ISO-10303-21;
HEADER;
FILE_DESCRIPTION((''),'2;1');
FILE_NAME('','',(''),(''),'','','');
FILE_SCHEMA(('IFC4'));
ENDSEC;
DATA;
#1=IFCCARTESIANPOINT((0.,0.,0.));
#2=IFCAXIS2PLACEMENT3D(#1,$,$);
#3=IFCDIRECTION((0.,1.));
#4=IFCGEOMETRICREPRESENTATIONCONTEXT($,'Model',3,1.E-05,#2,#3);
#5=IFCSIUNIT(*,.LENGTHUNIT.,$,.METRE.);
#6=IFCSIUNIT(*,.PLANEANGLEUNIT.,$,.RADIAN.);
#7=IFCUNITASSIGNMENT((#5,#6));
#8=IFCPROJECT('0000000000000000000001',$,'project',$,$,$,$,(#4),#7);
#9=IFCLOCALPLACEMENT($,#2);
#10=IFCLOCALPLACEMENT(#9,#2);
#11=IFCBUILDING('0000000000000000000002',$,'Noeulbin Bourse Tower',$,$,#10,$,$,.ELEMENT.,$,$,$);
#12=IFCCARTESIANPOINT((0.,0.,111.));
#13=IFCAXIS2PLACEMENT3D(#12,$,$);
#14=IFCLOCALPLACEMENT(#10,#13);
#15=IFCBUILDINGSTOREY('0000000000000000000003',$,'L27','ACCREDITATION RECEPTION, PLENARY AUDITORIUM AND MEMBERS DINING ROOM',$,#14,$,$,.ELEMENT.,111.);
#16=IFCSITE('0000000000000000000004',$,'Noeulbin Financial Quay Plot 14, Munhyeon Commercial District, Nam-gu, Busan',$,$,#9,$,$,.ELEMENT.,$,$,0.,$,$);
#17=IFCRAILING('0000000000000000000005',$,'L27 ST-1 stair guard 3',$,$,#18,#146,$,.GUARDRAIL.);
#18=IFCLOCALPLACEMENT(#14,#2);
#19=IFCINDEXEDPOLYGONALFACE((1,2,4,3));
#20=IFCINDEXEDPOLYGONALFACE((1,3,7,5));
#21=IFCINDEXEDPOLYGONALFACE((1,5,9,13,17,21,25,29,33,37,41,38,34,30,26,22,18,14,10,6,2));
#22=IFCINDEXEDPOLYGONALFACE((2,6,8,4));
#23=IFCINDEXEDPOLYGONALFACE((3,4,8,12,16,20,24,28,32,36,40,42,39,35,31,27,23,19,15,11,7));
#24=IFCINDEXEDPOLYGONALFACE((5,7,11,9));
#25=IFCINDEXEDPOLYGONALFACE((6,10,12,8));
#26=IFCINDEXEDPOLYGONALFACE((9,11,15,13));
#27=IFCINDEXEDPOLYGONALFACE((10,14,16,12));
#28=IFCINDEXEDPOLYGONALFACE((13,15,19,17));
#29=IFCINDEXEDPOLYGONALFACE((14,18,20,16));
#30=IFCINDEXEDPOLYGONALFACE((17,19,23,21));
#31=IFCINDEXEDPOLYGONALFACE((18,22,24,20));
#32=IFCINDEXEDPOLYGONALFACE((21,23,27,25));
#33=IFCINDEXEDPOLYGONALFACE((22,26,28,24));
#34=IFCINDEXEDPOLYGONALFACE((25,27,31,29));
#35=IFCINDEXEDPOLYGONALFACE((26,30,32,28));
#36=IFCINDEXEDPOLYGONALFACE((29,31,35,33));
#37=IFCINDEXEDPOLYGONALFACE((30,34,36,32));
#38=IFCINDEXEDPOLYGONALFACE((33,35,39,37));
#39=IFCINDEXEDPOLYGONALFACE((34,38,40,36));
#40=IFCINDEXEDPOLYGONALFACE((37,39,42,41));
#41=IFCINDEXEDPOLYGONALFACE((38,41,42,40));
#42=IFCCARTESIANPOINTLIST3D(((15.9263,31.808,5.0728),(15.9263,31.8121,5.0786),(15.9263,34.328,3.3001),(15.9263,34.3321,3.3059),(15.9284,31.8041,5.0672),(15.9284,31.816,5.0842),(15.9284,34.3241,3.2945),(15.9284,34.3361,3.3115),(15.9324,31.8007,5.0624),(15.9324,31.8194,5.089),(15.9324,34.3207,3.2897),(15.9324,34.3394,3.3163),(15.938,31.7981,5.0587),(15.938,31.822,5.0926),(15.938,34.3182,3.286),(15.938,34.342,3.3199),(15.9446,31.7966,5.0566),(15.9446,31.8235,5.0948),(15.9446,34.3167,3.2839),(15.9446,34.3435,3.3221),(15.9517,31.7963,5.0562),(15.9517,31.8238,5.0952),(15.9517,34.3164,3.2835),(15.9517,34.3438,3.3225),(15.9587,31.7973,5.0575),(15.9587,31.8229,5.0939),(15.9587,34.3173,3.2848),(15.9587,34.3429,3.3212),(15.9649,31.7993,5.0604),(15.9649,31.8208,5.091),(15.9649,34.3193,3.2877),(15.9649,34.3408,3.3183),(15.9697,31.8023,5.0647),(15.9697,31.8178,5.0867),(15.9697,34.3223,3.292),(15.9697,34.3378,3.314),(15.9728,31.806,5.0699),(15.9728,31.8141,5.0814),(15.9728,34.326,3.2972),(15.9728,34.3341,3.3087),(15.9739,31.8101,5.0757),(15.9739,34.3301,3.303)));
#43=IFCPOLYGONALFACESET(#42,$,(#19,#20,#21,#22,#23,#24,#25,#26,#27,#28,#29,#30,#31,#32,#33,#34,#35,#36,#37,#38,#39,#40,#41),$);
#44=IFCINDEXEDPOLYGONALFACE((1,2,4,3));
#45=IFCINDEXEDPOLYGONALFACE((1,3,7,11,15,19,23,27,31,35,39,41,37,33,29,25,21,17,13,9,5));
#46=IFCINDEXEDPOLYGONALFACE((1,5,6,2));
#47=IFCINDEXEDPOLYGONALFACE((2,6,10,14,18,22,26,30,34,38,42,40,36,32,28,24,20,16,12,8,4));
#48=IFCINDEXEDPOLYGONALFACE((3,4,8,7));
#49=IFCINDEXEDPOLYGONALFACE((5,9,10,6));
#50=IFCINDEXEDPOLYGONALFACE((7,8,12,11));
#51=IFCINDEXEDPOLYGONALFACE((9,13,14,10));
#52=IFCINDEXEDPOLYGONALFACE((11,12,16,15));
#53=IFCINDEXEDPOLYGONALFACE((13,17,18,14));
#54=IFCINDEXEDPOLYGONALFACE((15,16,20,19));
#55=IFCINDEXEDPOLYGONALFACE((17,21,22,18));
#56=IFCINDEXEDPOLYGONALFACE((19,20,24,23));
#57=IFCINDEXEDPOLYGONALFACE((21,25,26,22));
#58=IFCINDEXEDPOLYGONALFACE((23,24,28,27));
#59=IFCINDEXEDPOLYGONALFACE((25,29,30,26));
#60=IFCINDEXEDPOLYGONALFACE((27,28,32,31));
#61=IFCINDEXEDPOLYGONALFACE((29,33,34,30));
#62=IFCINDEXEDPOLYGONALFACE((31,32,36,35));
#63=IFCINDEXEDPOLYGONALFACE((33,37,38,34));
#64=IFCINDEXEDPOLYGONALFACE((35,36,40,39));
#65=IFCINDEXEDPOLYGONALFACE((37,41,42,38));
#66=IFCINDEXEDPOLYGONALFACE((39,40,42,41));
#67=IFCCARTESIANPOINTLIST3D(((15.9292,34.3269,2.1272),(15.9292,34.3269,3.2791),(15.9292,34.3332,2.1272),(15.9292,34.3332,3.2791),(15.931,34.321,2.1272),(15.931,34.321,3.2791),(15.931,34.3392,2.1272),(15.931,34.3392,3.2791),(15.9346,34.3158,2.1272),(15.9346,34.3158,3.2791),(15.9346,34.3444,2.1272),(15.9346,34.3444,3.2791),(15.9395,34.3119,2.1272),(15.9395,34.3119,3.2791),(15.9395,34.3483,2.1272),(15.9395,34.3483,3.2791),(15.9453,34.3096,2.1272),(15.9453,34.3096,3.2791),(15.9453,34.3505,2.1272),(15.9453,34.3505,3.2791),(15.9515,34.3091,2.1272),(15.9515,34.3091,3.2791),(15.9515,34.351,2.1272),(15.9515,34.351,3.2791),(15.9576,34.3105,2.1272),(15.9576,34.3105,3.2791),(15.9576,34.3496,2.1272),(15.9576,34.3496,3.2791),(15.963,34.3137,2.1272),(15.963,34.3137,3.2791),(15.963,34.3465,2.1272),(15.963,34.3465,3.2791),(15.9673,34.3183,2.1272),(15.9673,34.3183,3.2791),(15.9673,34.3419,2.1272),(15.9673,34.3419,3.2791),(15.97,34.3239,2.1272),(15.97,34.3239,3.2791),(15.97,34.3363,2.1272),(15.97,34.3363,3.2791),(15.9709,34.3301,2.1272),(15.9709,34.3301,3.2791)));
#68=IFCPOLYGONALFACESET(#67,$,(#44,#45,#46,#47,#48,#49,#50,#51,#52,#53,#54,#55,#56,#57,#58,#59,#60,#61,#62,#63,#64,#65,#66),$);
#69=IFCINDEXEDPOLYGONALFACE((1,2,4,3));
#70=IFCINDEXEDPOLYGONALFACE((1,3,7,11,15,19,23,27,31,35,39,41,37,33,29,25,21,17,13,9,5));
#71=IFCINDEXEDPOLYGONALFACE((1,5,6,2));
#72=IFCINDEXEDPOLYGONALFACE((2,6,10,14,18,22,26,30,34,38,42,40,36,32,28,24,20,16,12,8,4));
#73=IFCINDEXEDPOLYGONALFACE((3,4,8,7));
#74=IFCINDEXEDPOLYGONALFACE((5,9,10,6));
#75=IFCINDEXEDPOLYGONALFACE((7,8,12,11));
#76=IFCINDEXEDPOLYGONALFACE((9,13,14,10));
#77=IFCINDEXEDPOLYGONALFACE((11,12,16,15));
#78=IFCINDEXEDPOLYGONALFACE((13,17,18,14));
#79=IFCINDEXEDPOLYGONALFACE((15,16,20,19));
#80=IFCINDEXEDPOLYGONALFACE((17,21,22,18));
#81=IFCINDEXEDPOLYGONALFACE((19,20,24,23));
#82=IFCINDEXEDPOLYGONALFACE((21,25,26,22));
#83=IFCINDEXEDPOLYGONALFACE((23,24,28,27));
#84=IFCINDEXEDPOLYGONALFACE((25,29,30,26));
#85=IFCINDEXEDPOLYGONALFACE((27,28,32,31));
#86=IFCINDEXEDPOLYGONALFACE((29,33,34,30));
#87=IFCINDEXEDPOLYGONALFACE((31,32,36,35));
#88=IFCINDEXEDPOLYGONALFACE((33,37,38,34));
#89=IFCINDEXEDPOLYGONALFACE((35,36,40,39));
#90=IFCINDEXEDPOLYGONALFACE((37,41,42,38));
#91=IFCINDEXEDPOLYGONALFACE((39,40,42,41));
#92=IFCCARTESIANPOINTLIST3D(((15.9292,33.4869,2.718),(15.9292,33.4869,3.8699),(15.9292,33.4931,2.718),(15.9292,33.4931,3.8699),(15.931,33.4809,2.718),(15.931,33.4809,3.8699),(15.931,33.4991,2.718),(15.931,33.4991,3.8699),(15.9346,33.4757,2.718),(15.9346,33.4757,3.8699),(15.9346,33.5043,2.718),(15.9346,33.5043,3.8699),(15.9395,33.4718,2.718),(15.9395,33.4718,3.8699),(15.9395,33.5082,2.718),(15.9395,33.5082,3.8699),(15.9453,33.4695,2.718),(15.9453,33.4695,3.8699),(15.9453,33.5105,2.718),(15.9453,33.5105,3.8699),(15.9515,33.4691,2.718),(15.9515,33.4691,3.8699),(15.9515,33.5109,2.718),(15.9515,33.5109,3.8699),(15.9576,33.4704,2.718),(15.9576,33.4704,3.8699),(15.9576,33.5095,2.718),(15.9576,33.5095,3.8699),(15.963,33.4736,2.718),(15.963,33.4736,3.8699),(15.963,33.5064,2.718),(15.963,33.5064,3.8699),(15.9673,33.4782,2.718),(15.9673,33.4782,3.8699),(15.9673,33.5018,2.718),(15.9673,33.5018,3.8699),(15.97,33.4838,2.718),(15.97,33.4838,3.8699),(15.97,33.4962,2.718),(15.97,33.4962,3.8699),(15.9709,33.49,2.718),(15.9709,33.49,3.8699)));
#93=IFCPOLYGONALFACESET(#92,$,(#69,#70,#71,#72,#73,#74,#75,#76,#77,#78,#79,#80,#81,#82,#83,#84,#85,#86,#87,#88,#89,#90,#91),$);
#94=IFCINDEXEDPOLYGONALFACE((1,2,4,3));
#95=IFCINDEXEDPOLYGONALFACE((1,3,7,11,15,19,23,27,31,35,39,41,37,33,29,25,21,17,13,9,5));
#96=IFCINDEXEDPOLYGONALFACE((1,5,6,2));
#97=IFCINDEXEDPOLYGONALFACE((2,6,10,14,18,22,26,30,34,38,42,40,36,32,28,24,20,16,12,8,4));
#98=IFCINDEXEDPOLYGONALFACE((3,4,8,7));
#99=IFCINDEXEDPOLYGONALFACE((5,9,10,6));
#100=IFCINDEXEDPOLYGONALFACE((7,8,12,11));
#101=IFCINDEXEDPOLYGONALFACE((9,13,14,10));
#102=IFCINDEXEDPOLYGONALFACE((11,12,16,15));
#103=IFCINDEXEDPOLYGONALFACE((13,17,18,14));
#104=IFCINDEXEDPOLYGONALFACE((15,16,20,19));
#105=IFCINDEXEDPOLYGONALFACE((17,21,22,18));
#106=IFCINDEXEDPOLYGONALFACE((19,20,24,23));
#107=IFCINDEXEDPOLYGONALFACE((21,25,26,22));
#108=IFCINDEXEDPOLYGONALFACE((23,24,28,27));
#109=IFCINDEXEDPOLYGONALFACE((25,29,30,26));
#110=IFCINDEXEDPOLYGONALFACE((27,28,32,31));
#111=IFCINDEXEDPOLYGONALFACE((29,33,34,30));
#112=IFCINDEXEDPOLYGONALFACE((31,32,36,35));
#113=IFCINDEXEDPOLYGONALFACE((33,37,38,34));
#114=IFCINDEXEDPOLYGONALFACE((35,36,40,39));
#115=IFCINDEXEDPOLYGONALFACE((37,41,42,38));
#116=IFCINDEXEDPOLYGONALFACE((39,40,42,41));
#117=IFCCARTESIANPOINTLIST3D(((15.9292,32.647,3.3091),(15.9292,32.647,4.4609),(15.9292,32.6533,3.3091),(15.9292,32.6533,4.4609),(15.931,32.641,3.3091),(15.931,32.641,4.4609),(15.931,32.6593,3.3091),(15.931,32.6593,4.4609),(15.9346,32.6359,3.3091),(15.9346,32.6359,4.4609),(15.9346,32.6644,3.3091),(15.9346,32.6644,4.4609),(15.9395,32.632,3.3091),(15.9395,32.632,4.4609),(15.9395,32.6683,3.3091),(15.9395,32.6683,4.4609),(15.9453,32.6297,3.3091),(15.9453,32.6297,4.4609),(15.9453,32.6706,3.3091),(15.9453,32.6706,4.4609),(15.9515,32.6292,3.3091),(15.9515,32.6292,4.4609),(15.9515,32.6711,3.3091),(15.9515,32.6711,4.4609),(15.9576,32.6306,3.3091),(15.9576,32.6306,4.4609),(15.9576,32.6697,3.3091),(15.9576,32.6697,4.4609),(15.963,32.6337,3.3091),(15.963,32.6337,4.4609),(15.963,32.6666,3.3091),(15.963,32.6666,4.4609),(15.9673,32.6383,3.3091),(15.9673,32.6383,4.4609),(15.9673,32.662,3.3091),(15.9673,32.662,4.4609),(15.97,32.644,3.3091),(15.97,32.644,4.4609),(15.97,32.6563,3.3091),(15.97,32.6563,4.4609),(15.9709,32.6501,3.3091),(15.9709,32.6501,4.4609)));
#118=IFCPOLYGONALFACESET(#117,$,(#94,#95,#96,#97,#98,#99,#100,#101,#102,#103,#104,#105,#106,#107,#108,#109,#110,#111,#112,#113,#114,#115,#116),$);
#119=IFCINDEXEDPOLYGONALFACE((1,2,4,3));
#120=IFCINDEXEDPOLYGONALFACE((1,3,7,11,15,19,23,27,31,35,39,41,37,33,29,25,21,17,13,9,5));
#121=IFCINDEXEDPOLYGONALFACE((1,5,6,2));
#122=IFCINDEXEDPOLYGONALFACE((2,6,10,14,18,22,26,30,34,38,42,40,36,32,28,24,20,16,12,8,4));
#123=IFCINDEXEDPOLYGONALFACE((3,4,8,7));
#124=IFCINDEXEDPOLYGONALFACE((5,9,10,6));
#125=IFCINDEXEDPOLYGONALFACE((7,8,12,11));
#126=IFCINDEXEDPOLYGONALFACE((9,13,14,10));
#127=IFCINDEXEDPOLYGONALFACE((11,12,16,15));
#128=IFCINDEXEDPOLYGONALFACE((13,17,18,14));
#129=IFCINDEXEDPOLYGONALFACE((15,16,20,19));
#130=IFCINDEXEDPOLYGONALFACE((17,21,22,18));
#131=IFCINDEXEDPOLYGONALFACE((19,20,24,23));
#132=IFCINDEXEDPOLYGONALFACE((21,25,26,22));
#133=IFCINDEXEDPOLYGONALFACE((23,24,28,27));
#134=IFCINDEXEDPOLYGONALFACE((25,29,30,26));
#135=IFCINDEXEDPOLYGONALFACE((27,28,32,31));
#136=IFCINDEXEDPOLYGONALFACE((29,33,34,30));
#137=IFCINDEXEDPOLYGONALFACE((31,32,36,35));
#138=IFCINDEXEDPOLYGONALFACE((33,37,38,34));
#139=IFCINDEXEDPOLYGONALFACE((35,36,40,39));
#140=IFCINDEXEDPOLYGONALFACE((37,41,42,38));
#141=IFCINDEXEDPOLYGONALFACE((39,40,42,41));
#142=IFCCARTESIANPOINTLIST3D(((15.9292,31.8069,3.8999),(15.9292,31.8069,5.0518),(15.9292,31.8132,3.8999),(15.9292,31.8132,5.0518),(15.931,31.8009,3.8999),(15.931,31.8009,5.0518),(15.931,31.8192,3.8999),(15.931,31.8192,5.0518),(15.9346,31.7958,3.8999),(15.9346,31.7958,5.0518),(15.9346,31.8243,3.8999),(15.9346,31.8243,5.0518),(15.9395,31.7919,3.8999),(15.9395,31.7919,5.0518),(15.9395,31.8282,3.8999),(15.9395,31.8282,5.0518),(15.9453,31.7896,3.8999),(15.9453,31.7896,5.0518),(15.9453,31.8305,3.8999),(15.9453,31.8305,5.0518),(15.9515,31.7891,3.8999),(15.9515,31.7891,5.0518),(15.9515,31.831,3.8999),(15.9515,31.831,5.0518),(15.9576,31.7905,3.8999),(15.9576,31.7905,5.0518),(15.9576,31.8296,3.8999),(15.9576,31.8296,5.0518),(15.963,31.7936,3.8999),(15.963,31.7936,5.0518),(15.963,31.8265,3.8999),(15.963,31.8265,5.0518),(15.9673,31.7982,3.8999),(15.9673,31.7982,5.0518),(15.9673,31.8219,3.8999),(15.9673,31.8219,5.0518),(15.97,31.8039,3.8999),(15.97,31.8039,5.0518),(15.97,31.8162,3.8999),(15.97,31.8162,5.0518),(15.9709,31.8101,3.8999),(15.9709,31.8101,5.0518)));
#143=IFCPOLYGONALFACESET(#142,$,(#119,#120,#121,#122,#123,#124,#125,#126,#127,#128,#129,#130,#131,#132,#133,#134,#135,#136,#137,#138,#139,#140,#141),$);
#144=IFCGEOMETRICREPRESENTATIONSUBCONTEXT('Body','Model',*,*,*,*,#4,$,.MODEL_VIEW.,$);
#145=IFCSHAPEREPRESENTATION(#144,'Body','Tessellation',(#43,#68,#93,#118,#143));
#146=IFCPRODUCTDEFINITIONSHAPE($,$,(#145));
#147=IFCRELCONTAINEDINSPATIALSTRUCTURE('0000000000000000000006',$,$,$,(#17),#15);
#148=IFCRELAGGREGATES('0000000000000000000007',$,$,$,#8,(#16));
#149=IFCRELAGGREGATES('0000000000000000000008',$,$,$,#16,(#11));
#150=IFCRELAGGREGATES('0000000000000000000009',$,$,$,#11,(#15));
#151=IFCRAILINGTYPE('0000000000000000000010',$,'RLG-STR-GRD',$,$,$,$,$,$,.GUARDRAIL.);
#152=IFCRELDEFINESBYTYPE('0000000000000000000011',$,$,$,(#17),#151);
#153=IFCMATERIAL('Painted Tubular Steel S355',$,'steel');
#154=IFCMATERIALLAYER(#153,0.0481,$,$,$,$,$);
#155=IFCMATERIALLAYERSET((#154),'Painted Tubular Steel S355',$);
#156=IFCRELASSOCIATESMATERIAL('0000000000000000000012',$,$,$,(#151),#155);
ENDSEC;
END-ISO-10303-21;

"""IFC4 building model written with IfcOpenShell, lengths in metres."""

from ifc_helpers import new_model, si_unit, direction, frame, origin, origin_2d, place, context, subcontext, project, spatial, circle, extrude, material, layer, layer_set, type_object, element, save


model = new_model("IFC4")

# Units and contexts
model_context = context("Model", 3, precision=1e-05, world=origin(), true_north=direction((0.0, 1.0)))
body_context = subcontext(model_context, "Body", "Model", "MODEL_VIEW")
ifc_project = project(units=[si_unit("LENGTHUNIT", "METRE"), si_unit("PLANEANGLEUNIT", "RADIAN")], contexts=[model_context])

# Site, building, storey
site_placement = place(None, origin())
site = spatial("IfcSite", under=ifc_project, at=site_placement, Name="Noeulbin Financial Quay Plot 14, Munhyeon Commercial District, Nam-gu, Busan", CompositionType="ELEMENT", RefElevation=0.0)
building_placement = place(site_placement, origin())
building = spatial("IfcBuilding", under=site, at=building_placement, Name="Noeulbin Bourse Tower", CompositionType="ELEMENT")
storey_placement = place(building_placement, frame((0.0, 0.0, 111.0)))
storey = spatial("IfcBuildingStorey", under=building, at=storey_placement, Name="L27", Description="ACCREDITATION RECEPTION, PLENARY AUDITORIUM AND MEMBERS DINING ROOM", CompositionType="ELEMENT", Elevation=111.0)

# Railing
ifc_material_1 = material(Name="Painted Tubular Steel S355", Category="steel")
ifc_layer_1 = layer(ifc_material_1, 0.0481)
ifc_layer_set_1 = layer_set([ifc_layer_1], Name="Painted Tubular Steel S355")
railing_type_1 = type_object("IfcRailingType", Name="RLG-STR-GRD", PredefinedType="GUARDRAIL", material=ifc_layer_set_1)
railing_1_placement = place(storey_placement, frame((15.95, 34.3301, 2.1272)))
element("IfcRailing", 1, at=railing_1_placement, inside=storey, type_object=railing_type_1, Name="L27 ST-1 stair guard 3", PredefinedType="GUARDRAIL", context=body_context, shape_type="SweptSolid", body=[
    extrude(circle(Radius=0.0239, at=origin_2d()), frame((0.0, 0.0, 1.1758), z_axis=(0.0, -0.817904, 0.575354), x_axis=(1.0, 0.0, 0.0)), (0.0, 0.0, 1.0), 3.0811),
    extrude(circle(Radius=0.021, at=origin_2d()), origin(), (0.0, 0.0, 1.0), 1.1519),
    extrude(circle(Radius=0.021, at=origin_2d()), frame((0.0, -0.8401, 0.5908)), (0.0, 0.0, 1.0), 1.1519),
    extrude(circle(Radius=0.021, at=origin_2d()), frame((0.0, -1.6799, 1.1819)), (0.0, 0.0, 1.0), 1.1519),
    extrude(circle(Radius=0.021, at=origin_2d()), frame((0.0, -2.52, 1.7727)), (0.0, 0.0, 1.0), 1.1519),
])

save(model, "model.ifc")
